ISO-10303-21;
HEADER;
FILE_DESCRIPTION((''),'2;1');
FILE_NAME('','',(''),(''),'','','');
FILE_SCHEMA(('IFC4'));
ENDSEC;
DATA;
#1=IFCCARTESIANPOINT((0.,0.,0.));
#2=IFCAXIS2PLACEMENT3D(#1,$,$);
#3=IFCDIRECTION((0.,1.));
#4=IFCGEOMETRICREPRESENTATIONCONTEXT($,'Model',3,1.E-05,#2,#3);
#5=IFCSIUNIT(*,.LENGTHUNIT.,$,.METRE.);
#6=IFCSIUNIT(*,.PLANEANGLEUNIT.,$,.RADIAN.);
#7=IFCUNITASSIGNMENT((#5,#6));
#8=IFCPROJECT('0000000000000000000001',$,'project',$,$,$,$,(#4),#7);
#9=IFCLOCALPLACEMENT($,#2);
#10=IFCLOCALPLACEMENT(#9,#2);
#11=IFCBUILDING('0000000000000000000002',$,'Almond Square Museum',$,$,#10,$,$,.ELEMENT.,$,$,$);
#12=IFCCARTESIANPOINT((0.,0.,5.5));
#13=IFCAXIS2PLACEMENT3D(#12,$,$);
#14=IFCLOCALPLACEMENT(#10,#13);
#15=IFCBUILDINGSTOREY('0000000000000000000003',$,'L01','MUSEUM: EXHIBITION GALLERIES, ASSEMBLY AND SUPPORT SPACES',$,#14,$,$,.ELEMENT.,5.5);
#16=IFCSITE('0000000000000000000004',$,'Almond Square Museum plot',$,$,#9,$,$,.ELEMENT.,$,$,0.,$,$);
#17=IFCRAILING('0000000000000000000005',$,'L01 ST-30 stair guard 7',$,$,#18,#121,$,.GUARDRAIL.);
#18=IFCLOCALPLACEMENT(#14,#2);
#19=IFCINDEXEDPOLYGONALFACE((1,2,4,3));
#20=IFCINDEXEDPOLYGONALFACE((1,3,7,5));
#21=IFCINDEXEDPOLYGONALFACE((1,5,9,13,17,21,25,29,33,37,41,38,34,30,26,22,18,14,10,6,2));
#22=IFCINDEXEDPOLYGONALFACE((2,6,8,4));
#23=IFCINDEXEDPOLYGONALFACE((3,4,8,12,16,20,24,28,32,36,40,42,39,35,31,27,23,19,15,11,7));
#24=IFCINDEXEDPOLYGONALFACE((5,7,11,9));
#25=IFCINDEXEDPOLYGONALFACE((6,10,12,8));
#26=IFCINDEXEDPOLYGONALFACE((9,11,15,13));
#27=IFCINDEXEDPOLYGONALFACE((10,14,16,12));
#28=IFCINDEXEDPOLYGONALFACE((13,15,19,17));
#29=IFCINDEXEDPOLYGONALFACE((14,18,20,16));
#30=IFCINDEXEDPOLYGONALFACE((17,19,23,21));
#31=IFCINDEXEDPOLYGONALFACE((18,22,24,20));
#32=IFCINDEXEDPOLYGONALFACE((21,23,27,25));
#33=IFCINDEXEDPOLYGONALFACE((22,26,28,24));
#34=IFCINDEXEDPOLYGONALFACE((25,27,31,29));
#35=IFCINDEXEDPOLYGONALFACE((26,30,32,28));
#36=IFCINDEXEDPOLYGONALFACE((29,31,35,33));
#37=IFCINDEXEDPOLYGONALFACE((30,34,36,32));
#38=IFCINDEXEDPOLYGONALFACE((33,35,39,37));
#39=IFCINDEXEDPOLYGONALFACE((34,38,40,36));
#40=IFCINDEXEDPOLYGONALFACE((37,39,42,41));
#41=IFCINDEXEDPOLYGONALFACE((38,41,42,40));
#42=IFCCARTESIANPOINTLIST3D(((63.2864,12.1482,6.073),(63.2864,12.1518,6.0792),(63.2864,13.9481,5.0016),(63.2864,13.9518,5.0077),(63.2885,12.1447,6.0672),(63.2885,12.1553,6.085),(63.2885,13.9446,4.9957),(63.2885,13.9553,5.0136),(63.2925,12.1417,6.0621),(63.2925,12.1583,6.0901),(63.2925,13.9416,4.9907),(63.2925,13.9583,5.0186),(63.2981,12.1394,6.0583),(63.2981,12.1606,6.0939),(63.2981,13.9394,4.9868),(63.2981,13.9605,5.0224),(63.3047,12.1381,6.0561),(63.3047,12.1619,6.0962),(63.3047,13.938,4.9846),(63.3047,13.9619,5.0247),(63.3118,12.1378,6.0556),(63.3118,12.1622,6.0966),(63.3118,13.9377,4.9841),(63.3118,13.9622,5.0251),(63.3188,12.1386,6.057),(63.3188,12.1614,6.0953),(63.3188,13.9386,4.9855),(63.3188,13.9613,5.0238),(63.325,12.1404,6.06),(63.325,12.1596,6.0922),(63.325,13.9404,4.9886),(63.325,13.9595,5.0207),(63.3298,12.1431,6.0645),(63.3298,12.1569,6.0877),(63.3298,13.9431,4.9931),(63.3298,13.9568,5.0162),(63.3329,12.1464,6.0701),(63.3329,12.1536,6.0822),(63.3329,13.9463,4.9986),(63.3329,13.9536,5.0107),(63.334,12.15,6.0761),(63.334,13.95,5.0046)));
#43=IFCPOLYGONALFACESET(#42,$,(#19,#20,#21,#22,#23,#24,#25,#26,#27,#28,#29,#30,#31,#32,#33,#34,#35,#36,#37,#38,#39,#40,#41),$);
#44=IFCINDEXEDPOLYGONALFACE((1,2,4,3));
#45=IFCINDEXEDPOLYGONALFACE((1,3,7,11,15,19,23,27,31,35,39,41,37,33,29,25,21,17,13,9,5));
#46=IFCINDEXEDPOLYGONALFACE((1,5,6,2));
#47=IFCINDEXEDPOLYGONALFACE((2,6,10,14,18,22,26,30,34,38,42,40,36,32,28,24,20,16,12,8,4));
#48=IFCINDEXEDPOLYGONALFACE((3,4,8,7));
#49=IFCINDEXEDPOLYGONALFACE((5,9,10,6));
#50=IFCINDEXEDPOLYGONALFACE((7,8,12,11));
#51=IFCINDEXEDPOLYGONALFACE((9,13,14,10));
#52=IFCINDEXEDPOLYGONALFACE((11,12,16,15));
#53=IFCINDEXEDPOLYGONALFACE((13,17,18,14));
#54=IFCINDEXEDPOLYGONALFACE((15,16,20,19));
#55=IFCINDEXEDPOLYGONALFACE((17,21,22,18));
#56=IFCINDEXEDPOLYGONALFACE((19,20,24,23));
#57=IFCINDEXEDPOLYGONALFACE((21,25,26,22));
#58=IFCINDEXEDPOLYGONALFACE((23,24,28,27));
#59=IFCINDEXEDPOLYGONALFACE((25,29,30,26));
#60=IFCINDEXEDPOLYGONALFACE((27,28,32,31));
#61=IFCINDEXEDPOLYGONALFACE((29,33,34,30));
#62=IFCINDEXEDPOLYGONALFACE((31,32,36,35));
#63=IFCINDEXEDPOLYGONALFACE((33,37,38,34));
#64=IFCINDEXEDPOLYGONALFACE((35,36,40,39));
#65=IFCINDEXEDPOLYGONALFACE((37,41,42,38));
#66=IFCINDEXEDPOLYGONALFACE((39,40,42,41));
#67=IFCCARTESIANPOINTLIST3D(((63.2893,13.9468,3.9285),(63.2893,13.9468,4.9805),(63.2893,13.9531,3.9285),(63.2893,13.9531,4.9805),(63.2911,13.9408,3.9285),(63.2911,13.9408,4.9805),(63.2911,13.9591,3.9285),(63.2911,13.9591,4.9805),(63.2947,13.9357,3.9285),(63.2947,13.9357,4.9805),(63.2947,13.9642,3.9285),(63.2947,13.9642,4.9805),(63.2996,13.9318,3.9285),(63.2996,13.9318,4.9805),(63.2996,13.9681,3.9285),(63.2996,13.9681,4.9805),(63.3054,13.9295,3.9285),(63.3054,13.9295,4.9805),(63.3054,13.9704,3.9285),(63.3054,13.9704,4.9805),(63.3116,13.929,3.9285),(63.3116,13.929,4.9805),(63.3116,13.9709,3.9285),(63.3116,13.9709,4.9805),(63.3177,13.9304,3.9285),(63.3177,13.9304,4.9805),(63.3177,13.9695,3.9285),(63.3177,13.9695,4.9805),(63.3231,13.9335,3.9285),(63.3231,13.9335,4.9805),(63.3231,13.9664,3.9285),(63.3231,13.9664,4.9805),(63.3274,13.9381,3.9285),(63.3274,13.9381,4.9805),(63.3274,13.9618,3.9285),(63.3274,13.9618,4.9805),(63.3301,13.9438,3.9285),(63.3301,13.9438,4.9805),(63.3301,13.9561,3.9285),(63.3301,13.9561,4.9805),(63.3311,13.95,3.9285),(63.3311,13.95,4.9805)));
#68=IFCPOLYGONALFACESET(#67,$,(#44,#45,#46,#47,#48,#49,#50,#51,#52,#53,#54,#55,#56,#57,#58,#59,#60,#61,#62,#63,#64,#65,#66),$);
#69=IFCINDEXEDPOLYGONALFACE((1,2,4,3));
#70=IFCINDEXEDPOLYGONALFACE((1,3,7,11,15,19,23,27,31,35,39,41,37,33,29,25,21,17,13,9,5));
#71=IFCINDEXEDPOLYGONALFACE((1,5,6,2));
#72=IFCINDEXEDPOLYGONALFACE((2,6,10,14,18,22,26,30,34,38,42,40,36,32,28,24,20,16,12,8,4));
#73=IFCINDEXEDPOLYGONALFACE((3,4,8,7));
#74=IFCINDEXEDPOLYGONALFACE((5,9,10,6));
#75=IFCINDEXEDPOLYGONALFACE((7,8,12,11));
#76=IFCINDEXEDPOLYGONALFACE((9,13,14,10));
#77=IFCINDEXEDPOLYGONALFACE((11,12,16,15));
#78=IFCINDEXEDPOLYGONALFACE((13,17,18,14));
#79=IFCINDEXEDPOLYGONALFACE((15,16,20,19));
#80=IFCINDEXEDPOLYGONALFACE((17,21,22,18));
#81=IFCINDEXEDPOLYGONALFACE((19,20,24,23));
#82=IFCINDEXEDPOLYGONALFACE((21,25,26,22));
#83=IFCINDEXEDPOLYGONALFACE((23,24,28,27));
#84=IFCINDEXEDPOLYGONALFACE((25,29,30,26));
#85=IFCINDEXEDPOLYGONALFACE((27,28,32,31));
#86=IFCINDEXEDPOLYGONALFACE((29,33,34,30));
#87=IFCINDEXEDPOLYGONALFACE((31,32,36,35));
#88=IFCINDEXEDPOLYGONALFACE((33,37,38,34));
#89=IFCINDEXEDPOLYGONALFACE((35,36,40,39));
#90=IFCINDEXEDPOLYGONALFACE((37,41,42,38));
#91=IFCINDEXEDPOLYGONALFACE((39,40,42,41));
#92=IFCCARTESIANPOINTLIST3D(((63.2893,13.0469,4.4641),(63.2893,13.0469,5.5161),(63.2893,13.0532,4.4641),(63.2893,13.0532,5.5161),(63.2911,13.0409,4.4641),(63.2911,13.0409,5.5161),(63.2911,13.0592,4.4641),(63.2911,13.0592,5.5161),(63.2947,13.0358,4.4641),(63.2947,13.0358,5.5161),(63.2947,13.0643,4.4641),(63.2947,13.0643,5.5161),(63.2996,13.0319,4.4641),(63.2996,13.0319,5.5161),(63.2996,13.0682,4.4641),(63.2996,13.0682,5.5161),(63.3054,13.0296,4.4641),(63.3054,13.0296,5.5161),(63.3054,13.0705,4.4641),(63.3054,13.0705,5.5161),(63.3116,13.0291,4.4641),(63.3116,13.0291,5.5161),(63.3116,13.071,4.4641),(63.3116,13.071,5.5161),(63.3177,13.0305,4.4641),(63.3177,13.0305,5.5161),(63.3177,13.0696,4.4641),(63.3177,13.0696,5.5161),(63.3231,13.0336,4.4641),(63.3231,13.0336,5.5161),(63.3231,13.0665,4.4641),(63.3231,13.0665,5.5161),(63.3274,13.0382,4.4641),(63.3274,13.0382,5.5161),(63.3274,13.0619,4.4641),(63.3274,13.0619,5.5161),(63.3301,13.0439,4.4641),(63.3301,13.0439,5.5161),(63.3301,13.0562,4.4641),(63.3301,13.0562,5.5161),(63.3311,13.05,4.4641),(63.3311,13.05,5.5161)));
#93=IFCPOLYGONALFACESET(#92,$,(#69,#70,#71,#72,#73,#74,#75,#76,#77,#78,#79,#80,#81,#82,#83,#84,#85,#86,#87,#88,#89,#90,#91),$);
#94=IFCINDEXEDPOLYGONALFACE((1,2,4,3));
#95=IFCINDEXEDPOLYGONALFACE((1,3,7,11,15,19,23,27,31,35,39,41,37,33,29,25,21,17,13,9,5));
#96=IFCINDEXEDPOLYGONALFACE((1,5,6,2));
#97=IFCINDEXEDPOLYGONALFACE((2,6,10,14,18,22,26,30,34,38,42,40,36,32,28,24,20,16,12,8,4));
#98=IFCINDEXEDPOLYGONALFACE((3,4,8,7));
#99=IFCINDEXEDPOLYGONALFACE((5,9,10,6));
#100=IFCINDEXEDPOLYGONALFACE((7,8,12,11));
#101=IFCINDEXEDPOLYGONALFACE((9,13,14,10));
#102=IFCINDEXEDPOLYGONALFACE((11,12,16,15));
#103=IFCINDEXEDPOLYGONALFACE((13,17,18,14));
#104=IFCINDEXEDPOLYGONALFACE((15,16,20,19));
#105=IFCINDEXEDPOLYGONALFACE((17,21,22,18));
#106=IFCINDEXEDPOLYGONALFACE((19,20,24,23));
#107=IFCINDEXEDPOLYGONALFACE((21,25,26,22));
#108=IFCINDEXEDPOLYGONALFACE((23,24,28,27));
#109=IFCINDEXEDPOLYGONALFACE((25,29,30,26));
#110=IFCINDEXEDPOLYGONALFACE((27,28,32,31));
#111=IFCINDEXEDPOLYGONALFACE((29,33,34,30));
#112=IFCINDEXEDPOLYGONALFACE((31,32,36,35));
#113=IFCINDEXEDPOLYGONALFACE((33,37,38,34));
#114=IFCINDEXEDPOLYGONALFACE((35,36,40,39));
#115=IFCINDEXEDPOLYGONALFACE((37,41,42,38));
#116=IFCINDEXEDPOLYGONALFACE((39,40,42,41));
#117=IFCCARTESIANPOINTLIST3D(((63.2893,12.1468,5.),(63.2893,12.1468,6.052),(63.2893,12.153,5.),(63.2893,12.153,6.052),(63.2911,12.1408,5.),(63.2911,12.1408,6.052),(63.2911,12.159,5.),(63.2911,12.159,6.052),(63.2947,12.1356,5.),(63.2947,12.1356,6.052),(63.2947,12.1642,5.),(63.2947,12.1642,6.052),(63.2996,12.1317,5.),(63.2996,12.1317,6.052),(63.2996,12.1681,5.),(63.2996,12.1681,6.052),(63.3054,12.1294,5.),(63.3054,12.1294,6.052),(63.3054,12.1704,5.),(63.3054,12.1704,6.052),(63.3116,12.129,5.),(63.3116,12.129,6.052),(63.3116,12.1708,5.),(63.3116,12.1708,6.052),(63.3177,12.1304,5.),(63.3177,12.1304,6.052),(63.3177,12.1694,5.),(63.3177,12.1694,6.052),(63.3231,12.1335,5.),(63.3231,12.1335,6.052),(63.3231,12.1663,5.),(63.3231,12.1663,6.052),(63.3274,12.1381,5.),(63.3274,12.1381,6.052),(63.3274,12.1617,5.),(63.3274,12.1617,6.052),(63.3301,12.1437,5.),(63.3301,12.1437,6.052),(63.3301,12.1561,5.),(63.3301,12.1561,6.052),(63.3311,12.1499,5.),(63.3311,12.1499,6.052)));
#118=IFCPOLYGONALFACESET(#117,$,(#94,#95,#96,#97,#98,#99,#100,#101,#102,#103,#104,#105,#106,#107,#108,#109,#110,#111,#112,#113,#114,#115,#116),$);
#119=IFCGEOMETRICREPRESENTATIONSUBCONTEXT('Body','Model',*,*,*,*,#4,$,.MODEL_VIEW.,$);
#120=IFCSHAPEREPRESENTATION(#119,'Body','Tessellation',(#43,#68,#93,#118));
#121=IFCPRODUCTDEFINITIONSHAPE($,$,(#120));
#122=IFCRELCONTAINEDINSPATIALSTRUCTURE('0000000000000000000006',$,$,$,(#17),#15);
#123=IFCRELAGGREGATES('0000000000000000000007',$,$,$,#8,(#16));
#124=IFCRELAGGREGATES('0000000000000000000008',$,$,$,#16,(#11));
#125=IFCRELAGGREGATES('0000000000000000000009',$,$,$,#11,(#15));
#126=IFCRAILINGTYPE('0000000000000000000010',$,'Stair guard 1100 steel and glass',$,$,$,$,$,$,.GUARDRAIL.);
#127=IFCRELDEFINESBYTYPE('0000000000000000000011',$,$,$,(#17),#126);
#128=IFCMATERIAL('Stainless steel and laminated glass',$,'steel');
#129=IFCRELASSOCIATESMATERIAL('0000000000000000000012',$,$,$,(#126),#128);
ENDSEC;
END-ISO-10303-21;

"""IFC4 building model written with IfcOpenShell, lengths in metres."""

from ifc_helpers import new_model, si_unit, direction, frame, origin, origin_2d, place, context, subcontext, project, spatial, circle, extrude, material, type_object, element, save


model = new_model("IFC4")

# Units and contexts
model_context = context("Model", 3, precision=1e-05, world=origin(), true_north=direction((0.0, 1.0)))
body_context = subcontext(model_context, "Body", "Model", "MODEL_VIEW")
ifc_project = project(units=[si_unit("LENGTHUNIT", "METRE"), si_unit("PLANEANGLEUNIT", "RADIAN")], contexts=[model_context])

# Site, building, storey
site_placement = place(None, origin())
site = spatial("IfcSite", under=ifc_project, at=site_placement, Name="Almond Square Museum plot", CompositionType="ELEMENT", RefElevation=0.0)
building_placement = place(site_placement, origin())
building = spatial("IfcBuilding", under=site, at=building_placement, Name="Almond Square Museum", CompositionType="ELEMENT")
storey_placement = place(building_placement, frame((0.0, 0.0, 5.5)))
storey = spatial("IfcBuildingStorey", under=building, at=storey_placement, Name="L01", Description="MUSEUM: EXHIBITION GALLERIES, ASSEMBLY AND SUPPORT SPACES", CompositionType="ELEMENT", Elevation=5.5)

# Railing
ifc_material_1 = material(Name="Stainless steel and laminated glass", Category="steel")
railing_type_1 = type_object("IfcRailingType", Name="Stair guard 1100 steel and glass", PredefinedType="GUARDRAIL", material=ifc_material_1)
railing_1_placement = place(storey_placement, frame((63.3101, 13.95, 3.9285)))
element("IfcRailing", 1, at=railing_1_placement, inside=storey, type_object=railing_type_1, Name="L01 ST-30 stair guard 7", PredefinedType="GUARDRAIL", context=body_context, shape_type="SweptSolid", body=[
    extrude(circle(Radius=0.0239, at=origin_2d()), frame((0.0, 0.0, 1.0762), z_axis=(0.0, -0.859277, 0.51151), x_axis=(1.0, 0.0, 0.0)), (0.0, 0.0, 1.0), 2.0947),
    extrude(circle(Radius=0.021, at=origin_2d()), origin(), (0.0, 0.0, 1.0), 1.052),
    extrude(circle(Radius=0.021, at=origin_2d()), frame((0.0, -0.8999, 0.5356)), (0.0, 0.0, 1.0), 1.052),
    extrude(circle(Radius=0.021, at=origin_2d()), frame((0.0, -1.8, 1.0715)), (0.0, 0.0, 1.0), 1.052),
])

save(model, "model.ifc")
